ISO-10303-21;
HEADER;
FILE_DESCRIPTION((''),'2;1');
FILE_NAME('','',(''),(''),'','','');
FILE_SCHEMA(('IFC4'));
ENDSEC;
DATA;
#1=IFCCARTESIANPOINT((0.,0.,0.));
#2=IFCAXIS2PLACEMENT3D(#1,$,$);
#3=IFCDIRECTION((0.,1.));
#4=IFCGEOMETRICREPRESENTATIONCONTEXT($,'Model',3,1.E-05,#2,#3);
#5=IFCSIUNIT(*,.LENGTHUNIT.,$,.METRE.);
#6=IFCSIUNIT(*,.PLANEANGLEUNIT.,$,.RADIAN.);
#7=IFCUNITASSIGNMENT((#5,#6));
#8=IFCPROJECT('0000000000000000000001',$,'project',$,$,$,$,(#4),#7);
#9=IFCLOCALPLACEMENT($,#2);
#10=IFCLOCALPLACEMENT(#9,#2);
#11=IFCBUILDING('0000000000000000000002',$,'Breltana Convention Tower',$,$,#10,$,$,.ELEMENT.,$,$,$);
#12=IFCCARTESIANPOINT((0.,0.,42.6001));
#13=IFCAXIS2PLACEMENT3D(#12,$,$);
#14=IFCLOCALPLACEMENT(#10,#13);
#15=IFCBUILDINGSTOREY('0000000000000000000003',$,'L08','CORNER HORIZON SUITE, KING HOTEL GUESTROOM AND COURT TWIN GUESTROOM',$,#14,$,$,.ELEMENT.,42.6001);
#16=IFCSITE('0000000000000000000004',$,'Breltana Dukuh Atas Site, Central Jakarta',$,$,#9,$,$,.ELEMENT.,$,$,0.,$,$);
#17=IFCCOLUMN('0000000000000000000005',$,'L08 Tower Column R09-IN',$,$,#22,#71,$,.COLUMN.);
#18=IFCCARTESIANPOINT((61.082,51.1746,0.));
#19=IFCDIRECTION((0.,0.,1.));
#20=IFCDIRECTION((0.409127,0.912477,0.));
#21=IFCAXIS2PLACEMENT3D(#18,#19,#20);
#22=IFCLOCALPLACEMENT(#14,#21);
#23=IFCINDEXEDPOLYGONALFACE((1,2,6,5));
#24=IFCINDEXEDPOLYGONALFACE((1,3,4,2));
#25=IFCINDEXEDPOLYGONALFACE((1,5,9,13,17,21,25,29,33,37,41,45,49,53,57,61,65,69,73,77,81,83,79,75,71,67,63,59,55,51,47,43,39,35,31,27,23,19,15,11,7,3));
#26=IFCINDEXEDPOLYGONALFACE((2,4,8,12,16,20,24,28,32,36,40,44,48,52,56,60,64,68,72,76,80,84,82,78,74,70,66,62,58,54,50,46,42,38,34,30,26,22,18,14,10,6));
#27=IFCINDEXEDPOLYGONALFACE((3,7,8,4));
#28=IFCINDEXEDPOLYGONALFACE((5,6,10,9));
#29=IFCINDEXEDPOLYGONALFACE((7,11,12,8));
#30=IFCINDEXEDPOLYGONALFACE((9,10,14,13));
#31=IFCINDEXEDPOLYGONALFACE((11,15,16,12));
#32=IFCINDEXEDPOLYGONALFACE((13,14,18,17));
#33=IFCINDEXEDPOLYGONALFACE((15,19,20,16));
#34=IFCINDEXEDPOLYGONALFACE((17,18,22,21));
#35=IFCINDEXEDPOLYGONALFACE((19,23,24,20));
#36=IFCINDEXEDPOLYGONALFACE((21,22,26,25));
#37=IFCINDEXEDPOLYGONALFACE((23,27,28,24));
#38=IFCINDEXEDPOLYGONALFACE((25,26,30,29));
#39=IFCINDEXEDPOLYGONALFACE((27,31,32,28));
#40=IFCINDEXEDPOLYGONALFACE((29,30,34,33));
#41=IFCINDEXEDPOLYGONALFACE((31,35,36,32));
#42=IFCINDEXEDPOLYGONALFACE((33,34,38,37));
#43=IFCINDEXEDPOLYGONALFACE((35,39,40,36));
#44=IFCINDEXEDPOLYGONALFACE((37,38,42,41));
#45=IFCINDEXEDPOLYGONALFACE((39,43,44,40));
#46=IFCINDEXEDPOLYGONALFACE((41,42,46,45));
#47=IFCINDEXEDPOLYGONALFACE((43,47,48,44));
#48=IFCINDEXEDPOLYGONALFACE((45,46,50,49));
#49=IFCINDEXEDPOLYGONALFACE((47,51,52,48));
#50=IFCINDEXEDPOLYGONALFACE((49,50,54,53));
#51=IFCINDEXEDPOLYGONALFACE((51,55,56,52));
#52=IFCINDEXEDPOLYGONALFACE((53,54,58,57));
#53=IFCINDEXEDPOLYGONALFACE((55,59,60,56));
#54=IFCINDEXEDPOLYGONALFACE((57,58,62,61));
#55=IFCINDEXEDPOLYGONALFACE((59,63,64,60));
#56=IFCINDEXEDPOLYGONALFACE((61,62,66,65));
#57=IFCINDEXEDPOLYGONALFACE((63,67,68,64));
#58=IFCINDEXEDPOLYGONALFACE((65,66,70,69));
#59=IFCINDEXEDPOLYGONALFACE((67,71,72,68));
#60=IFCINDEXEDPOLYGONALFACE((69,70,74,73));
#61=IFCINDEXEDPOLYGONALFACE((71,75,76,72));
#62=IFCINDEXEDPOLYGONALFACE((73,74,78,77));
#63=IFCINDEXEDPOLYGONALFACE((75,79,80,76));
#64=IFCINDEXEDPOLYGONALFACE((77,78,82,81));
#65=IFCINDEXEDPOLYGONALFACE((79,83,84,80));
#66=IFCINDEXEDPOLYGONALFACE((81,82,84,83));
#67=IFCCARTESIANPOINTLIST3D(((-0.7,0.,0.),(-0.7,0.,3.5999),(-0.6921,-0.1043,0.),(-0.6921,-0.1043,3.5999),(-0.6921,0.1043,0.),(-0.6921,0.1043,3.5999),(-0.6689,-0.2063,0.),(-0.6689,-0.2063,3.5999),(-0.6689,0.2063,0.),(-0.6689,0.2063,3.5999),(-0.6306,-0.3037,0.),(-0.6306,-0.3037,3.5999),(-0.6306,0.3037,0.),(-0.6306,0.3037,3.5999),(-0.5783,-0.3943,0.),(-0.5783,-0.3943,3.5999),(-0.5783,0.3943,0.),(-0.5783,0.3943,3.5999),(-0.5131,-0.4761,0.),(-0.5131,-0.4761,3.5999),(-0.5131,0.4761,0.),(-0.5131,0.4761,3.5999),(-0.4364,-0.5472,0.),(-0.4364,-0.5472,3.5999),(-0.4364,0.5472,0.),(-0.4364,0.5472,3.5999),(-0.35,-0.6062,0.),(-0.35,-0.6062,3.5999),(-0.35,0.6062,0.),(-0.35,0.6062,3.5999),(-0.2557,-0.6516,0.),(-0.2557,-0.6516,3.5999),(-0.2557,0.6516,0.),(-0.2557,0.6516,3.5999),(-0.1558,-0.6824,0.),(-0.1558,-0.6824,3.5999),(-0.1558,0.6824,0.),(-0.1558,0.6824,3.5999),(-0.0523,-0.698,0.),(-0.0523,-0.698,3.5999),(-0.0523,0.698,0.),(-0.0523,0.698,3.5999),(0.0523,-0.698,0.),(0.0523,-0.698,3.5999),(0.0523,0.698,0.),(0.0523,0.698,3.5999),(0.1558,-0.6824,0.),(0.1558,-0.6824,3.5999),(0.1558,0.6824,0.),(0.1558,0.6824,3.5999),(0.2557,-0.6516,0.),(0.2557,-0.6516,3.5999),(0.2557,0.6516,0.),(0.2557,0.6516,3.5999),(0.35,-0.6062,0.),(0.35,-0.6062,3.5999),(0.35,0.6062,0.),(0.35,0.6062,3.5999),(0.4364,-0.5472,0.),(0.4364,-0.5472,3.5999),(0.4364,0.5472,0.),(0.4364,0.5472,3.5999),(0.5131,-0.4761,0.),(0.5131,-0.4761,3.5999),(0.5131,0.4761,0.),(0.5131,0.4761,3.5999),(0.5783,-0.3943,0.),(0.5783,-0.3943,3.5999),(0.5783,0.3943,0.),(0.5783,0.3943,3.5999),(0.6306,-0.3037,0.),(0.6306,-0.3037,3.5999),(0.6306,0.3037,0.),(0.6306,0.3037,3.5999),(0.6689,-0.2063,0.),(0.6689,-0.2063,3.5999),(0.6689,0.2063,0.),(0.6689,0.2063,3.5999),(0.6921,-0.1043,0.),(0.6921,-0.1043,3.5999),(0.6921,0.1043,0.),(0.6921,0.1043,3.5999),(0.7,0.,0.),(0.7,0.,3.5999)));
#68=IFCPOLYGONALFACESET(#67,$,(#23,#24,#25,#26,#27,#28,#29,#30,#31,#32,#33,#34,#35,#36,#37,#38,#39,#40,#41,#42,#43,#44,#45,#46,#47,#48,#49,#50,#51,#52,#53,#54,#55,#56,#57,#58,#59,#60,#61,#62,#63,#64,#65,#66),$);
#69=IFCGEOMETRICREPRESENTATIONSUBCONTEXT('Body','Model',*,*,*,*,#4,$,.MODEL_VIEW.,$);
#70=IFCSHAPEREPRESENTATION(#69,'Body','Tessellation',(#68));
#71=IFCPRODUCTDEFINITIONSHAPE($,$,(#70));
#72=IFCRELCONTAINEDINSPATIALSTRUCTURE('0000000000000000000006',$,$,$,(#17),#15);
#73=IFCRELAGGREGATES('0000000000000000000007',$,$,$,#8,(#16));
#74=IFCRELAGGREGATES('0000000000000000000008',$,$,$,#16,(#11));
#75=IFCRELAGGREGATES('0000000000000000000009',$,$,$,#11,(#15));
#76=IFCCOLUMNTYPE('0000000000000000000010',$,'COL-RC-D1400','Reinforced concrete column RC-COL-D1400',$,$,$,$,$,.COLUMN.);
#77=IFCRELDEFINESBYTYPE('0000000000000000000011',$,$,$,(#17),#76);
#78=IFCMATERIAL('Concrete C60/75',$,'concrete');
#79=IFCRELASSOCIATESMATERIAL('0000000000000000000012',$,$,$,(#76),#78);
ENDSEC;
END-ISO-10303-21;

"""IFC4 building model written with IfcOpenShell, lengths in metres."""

from ifc_helpers import new_model, si_unit, direction, frame, origin, origin_2d, place, context, subcontext, project, spatial, circle, extrude, source, transform, mapped, material, material_profile, profile_set, type_object, element, save


model = new_model("IFC4")

# Units and contexts
model_context = context("Model", 3, precision=1e-05, world=origin(), true_north=direction((0.0, 1.0)))
body_context = subcontext(model_context, "Body", "Model", "MODEL_VIEW")
ifc_project = project(units=[si_unit("LENGTHUNIT", "METRE"), si_unit("PLANEANGLEUNIT", "RADIAN")], contexts=[model_context])

# Site, building, storey
site_placement = place(None, origin())
site = spatial("IfcSite", under=ifc_project, at=site_placement, Name="Breltana Dukuh Atas Site, Central Jakarta", CompositionType="ELEMENT", RefElevation=0.0)
building_placement = place(site_placement, origin())
building = spatial("IfcBuilding", under=site, at=building_placement, Name="Breltana Convention Tower", CompositionType="ELEMENT")
storey_placement = place(building_placement, frame((0.0, 0.0, 42.6001)))
storey = spatial("IfcBuildingStorey", under=building, at=storey_placement, Name="L08", Description="CORNER HORIZON SUITE, KING HOTEL GUESTROOM AND COURT TWIN GUESTROOM", CompositionType="ELEMENT", Elevation=42.6001)

# Column
ifc_material_1 = material(Name="Concrete C60/75", Category="concrete")
ifc_material_profile_1 = material_profile(ifc_material_1, circle(Radius=0.7, at=origin_2d()), Name="RC-COL-D1400")
ifc_profile_set_1 = profile_set([ifc_material_profile_1], Name="Concrete C60/75")
column_type = type_object("IfcColumnType", Name="COL-RC-D1400", Description="Reinforced concrete column RC-COL-D1400", PredefinedType="COLUMN", material=ifc_profile_set_1)
shared_shape_1 = source(origin(), body_context, "Body", "SweptSolid", [
    extrude(circle(Radius=0.7, at=origin_2d()), origin(), (0.0, 0.0, 1.0), 3.5999),
])
for number, where, z_axis, x_axis, name in (
    (1, (61.082, 51.1746, 0.0), (0.0, 0.0, 1.0), (0.409127, 0.912477, 0.0), "L08 Tower Column R09-IN"),
):
    element("IfcColumn", number, at=place(storey_placement, frame(where, z_axis=z_axis, x_axis=x_axis)), inside=storey, type_object=column_type, Name=name, PredefinedType="COLUMN", context=body_context, shape_type="MappedRepresentation", body=[
        mapped(shared_shape_1, transform((0.0, 0.0, 0.0), scale=1.0)),
    ])

save(model, "model.ifc")
